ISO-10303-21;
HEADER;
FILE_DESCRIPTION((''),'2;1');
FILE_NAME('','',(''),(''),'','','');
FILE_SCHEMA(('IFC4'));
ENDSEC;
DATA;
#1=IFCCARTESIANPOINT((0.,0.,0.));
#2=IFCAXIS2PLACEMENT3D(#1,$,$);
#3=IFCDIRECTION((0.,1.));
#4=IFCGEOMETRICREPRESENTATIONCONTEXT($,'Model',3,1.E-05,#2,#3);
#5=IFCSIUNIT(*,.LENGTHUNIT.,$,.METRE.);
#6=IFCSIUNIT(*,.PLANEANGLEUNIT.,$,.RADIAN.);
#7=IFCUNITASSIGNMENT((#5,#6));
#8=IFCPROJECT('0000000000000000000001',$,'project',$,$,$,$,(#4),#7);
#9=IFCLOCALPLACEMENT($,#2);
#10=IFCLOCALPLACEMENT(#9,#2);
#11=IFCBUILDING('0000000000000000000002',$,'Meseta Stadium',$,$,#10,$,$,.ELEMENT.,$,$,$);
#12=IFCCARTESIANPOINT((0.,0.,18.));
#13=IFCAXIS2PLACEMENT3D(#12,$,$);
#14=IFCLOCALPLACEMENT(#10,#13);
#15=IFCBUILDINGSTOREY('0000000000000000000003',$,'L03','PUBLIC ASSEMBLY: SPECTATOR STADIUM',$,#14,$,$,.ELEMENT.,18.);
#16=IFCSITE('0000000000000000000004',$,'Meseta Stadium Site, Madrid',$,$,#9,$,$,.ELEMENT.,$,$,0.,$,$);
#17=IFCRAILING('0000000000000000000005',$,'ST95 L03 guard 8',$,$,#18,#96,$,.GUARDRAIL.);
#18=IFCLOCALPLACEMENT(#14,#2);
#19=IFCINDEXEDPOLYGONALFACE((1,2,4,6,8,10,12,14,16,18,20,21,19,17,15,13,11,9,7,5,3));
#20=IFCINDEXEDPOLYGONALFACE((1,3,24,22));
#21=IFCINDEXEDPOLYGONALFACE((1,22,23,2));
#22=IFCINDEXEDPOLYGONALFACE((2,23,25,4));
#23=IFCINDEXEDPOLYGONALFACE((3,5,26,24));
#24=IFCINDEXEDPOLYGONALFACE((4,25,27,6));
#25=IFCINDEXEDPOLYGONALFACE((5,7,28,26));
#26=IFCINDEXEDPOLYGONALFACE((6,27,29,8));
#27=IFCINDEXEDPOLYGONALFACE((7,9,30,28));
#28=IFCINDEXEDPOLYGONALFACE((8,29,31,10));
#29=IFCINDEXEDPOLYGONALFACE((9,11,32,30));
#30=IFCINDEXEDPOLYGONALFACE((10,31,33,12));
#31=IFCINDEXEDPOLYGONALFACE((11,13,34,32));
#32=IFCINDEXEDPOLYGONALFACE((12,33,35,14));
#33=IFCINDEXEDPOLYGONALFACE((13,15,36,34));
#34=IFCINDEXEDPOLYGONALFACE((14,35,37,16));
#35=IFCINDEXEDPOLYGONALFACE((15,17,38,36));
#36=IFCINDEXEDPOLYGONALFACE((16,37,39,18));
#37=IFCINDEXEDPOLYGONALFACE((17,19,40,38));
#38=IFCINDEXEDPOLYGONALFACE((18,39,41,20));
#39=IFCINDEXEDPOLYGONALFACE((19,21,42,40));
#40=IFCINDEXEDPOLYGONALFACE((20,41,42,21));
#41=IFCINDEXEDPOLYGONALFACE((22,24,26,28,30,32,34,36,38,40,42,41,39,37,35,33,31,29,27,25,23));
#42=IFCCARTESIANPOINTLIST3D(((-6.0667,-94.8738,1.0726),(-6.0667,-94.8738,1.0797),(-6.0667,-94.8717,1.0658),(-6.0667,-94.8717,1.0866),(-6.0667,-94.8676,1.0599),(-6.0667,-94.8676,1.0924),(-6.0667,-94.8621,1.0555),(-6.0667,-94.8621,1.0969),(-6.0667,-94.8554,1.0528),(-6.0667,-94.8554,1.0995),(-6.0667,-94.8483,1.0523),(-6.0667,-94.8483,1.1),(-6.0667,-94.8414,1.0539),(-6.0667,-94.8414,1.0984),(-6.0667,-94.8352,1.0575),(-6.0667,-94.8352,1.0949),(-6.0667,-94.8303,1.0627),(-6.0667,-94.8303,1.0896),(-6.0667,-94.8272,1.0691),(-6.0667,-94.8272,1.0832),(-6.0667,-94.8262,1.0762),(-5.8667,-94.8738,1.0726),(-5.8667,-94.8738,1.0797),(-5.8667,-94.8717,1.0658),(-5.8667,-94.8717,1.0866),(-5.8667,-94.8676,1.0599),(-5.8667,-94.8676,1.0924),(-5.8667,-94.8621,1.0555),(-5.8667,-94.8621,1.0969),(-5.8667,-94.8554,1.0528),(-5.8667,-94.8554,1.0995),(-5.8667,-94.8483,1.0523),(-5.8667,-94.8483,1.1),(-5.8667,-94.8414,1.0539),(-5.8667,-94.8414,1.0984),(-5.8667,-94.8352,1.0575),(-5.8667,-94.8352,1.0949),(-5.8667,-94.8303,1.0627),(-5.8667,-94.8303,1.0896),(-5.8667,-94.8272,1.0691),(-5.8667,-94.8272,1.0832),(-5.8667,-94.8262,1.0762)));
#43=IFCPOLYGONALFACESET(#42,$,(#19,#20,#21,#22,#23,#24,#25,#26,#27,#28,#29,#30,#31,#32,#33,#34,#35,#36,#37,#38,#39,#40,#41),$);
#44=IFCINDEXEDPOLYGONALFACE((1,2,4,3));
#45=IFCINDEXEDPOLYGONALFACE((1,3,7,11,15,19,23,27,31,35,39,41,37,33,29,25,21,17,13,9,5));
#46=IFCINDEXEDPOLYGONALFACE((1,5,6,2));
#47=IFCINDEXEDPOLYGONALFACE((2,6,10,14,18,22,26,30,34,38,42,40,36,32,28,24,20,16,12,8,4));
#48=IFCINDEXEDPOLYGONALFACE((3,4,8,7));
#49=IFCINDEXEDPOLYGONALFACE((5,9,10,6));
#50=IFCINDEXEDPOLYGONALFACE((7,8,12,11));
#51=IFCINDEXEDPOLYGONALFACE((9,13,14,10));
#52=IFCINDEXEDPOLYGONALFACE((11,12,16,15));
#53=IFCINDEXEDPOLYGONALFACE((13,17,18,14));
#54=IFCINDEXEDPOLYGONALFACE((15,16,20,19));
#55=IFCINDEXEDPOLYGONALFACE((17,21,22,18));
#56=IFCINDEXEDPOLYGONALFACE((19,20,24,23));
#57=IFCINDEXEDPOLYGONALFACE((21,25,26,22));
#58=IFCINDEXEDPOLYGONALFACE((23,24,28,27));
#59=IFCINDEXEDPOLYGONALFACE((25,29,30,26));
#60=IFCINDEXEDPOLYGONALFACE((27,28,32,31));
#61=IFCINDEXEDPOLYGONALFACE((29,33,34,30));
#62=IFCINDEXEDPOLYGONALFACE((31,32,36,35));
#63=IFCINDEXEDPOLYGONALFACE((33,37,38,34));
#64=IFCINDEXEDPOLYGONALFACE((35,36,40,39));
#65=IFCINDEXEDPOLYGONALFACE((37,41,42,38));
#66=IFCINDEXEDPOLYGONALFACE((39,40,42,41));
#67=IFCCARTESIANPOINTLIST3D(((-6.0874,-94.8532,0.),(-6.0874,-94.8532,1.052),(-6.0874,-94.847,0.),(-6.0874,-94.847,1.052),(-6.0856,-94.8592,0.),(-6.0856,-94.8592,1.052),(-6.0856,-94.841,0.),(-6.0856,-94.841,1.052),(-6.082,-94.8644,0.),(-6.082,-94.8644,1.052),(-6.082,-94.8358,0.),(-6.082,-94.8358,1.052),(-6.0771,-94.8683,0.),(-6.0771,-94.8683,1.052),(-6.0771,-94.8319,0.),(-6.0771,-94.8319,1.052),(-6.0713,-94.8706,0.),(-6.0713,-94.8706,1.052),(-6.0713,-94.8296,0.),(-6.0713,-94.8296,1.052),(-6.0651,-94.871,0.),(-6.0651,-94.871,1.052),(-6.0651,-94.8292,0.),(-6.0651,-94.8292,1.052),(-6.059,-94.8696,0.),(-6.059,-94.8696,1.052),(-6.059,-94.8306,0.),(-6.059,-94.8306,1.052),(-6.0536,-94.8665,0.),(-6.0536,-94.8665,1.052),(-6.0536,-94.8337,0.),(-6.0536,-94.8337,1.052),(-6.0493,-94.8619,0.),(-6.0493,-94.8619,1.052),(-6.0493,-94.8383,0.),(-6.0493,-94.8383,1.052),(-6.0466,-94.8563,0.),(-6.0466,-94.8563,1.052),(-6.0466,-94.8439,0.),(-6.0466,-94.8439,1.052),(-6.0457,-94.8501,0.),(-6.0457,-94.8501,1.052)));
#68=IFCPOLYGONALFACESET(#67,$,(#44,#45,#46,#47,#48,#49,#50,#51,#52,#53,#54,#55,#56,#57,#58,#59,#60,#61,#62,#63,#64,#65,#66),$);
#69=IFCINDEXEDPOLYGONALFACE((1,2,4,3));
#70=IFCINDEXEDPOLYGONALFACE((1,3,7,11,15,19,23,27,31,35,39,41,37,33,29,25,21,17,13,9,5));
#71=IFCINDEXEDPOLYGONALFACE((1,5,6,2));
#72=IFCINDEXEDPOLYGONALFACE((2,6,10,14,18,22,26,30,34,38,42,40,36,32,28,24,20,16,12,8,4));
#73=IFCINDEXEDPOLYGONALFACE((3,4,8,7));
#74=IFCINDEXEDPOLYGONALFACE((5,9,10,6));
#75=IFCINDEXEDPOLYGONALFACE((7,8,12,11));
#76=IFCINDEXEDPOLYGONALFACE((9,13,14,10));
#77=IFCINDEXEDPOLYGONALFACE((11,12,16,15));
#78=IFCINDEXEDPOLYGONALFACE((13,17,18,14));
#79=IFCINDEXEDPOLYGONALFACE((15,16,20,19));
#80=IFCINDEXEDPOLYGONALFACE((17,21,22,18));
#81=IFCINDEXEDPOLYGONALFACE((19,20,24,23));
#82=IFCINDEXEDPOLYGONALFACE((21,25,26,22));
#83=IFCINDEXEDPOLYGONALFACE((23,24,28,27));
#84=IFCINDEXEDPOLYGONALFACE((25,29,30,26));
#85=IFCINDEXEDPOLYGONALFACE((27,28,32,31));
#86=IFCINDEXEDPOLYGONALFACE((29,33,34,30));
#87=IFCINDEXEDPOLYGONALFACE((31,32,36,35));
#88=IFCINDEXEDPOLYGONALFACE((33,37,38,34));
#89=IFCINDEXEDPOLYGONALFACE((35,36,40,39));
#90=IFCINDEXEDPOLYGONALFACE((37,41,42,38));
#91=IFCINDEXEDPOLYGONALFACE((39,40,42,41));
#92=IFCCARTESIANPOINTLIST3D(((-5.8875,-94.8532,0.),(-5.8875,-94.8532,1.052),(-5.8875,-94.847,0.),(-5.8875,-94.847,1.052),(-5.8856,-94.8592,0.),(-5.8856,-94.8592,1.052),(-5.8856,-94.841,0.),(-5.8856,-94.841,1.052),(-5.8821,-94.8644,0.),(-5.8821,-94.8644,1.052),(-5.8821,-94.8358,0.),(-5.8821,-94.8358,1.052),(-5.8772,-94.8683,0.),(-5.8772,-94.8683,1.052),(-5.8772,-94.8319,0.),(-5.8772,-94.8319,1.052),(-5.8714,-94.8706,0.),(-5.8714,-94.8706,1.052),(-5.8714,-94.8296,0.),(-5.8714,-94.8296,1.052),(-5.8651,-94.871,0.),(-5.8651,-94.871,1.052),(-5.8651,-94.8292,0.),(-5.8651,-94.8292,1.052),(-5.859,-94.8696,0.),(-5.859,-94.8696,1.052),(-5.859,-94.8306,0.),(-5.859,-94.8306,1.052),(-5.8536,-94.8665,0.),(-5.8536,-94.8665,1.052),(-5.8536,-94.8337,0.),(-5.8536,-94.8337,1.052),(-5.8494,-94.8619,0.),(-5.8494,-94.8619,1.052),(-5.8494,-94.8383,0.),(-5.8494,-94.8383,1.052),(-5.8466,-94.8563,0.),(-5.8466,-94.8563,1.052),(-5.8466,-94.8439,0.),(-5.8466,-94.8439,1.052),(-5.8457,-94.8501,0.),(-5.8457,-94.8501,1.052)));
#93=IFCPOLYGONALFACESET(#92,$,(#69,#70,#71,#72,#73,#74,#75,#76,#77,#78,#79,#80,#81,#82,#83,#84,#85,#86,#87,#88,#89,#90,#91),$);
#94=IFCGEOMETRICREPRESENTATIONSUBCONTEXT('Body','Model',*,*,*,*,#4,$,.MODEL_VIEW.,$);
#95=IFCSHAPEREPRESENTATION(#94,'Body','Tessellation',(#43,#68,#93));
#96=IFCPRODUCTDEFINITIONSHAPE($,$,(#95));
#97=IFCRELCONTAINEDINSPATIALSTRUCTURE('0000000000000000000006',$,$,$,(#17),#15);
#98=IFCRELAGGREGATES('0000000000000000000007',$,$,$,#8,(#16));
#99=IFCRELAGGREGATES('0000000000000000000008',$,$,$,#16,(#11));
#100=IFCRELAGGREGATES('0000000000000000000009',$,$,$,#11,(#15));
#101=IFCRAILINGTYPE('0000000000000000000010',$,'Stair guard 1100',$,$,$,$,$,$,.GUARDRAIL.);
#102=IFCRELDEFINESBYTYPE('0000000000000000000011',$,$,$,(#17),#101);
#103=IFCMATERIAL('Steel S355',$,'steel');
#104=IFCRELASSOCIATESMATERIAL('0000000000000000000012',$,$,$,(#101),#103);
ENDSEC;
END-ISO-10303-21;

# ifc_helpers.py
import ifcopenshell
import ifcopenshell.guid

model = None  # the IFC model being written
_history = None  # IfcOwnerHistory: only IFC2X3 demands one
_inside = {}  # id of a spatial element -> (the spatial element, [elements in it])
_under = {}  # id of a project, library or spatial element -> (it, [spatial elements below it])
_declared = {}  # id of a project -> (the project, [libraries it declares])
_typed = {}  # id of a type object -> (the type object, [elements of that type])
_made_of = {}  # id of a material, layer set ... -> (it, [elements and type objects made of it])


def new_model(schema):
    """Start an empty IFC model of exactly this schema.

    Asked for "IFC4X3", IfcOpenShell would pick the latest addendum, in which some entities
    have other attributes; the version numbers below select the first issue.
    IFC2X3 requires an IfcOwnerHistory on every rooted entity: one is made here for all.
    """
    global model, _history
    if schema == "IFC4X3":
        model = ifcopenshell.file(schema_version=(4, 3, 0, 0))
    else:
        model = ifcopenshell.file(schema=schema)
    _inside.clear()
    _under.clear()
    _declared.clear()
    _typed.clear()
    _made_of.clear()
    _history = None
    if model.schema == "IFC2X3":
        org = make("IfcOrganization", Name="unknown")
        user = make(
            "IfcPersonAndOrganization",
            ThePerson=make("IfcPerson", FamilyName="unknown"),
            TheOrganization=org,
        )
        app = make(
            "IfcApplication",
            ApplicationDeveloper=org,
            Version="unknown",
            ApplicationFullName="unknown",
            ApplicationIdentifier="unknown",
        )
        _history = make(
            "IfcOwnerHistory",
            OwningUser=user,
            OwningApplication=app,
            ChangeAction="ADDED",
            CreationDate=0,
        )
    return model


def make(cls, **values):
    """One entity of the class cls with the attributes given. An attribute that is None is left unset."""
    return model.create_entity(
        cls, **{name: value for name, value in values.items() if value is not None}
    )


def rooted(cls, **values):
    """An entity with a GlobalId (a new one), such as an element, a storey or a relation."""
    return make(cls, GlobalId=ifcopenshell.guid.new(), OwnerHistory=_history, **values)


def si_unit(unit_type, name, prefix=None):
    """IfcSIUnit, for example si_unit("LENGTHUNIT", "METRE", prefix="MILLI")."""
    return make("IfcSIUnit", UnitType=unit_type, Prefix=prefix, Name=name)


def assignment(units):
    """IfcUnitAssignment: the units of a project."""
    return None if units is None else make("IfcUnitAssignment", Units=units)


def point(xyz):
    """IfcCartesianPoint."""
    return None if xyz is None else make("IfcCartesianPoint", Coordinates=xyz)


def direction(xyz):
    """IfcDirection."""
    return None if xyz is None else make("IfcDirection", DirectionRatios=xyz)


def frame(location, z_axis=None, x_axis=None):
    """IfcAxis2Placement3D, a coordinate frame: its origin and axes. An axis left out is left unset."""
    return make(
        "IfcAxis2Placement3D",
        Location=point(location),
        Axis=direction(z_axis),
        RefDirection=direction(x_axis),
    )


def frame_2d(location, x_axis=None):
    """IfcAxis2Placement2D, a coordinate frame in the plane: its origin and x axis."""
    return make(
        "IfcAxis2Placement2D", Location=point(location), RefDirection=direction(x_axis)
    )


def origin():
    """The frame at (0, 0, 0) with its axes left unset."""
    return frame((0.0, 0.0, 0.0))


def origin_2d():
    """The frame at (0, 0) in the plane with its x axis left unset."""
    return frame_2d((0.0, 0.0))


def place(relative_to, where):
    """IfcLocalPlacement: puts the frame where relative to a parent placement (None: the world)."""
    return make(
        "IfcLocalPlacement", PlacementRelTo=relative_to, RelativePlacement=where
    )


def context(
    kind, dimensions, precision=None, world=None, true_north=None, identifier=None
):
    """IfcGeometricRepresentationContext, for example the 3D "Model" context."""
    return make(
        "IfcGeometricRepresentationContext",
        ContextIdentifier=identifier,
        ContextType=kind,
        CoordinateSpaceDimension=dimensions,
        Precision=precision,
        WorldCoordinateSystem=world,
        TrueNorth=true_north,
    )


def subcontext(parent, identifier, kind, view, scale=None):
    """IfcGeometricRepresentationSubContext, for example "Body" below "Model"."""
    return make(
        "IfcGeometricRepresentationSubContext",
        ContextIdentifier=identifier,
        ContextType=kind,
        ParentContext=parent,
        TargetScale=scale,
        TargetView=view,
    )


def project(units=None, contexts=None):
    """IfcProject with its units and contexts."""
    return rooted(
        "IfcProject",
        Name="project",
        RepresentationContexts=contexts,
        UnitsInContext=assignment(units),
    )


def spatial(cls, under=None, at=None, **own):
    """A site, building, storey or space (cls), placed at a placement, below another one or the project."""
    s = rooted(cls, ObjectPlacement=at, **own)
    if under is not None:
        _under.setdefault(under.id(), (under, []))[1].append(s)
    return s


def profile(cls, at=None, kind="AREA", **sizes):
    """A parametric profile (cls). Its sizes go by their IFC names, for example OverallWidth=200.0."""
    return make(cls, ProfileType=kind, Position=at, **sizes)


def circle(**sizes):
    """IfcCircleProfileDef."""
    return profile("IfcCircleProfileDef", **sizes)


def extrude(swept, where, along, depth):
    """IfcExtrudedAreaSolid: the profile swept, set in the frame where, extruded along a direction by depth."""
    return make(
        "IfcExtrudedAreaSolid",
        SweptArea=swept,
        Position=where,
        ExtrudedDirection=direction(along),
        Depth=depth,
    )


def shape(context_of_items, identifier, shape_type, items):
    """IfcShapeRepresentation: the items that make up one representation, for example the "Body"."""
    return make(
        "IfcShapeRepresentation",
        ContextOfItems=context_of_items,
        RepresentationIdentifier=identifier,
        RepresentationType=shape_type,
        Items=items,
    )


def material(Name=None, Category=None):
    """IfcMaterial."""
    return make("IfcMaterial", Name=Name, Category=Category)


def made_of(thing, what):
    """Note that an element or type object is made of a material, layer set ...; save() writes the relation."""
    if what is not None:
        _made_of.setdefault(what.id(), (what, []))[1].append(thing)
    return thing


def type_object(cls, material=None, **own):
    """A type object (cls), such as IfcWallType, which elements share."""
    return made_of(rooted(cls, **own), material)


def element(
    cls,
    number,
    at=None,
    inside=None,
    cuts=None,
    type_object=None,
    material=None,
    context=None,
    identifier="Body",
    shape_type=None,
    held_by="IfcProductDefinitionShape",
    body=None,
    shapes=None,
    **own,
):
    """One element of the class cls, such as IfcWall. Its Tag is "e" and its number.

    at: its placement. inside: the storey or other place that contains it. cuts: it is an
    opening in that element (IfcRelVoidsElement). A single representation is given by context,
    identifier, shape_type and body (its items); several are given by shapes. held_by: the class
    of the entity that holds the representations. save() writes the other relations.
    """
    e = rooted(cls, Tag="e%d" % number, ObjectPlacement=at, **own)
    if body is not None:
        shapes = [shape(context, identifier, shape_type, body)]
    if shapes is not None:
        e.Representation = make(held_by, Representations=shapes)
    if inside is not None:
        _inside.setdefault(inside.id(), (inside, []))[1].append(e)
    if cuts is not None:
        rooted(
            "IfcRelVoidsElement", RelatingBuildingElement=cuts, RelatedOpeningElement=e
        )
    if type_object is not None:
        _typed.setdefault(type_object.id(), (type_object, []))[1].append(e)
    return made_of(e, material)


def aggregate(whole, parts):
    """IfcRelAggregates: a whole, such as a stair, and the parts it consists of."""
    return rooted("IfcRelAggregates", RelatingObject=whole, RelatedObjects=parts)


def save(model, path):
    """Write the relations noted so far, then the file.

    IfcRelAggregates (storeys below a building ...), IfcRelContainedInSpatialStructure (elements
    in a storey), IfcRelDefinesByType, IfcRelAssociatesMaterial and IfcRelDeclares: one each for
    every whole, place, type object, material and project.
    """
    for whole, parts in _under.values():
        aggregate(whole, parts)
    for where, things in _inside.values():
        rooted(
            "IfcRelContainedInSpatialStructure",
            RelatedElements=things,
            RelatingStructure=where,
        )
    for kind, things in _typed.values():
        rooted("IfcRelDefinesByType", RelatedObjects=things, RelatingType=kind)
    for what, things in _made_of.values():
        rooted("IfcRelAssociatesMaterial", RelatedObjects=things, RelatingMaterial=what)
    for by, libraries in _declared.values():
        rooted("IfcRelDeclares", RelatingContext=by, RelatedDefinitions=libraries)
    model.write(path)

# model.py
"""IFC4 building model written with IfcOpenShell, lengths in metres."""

from ifc_helpers import new_model, si_unit, direction, frame, origin, origin_2d, place, context, subcontext, project, spatial, circle, extrude, material, type_object, element, save


model = new_model("IFC4")

# Units and contexts
model_context = context("Model", 3, precision=1e-05, world=origin(), true_north=direction((0.0, 1.0)))
body_context = subcontext(model_context, "Body", "Model", "MODEL_VIEW")
ifc_project = project(units=[si_unit("LENGTHUNIT", "METRE"), si_unit("PLANEANGLEUNIT", "RADIAN")], contexts=[model_context])

# Site, building, storey
site_placement = place(None, origin())
site = spatial("IfcSite", under=ifc_project, at=site_placement, Name="Meseta Stadium Site, Madrid", CompositionType="ELEMENT", RefElevation=0.0)
building_placement = place(site_placement, origin())
building = spatial("IfcBuilding", under=site, at=building_placement, Name="Meseta Stadium", CompositionType="ELEMENT")
storey_placement = place(building_placement, frame((0.0, 0.0, 18.0)))
storey = spatial("IfcBuildingStorey", under=building, at=storey_placement, Name="L03", Description="PUBLIC ASSEMBLY: SPECTATOR STADIUM", CompositionType="ELEMENT", Elevation=18.0)

# Railing
ifc_material_1 = material(Name="Steel S355", Category="steel")
railing_type_1 = type_object("IfcRailingType", Name="Stair guard 1100", PredefinedType="GUARDRAIL", material=ifc_material_1)
railing_1_placement = place(storey_placement, frame((-6.0667, -94.8501, 0.0)))
element("IfcRailing", 1, at=railing_1_placement, inside=storey, type_object=railing_type_1, Name="ST95 L03 guard 8", PredefinedType="GUARDRAIL", context=body_context, shape_type="SweptSolid", body=[
    extrude(circle(Radius=0.0239, at=origin_2d()), frame((0.0, 0.0, 1.0762), z_axis=(1.0, 0.0, 0.0), x_axis=(0.0, 1.0, 0.0)), (0.0, 0.0, 1.0), 0.2),
    extrude(circle(Radius=0.021, at=origin_2d()), origin(), (0.0, 0.0, 1.0), 1.052),
    extrude(circle(Radius=0.021, at=origin_2d()), frame((0.2, 0.0, 0.0)), (0.0, 0.0, 1.0), 1.052),
])

save(model, "model.ifc")
